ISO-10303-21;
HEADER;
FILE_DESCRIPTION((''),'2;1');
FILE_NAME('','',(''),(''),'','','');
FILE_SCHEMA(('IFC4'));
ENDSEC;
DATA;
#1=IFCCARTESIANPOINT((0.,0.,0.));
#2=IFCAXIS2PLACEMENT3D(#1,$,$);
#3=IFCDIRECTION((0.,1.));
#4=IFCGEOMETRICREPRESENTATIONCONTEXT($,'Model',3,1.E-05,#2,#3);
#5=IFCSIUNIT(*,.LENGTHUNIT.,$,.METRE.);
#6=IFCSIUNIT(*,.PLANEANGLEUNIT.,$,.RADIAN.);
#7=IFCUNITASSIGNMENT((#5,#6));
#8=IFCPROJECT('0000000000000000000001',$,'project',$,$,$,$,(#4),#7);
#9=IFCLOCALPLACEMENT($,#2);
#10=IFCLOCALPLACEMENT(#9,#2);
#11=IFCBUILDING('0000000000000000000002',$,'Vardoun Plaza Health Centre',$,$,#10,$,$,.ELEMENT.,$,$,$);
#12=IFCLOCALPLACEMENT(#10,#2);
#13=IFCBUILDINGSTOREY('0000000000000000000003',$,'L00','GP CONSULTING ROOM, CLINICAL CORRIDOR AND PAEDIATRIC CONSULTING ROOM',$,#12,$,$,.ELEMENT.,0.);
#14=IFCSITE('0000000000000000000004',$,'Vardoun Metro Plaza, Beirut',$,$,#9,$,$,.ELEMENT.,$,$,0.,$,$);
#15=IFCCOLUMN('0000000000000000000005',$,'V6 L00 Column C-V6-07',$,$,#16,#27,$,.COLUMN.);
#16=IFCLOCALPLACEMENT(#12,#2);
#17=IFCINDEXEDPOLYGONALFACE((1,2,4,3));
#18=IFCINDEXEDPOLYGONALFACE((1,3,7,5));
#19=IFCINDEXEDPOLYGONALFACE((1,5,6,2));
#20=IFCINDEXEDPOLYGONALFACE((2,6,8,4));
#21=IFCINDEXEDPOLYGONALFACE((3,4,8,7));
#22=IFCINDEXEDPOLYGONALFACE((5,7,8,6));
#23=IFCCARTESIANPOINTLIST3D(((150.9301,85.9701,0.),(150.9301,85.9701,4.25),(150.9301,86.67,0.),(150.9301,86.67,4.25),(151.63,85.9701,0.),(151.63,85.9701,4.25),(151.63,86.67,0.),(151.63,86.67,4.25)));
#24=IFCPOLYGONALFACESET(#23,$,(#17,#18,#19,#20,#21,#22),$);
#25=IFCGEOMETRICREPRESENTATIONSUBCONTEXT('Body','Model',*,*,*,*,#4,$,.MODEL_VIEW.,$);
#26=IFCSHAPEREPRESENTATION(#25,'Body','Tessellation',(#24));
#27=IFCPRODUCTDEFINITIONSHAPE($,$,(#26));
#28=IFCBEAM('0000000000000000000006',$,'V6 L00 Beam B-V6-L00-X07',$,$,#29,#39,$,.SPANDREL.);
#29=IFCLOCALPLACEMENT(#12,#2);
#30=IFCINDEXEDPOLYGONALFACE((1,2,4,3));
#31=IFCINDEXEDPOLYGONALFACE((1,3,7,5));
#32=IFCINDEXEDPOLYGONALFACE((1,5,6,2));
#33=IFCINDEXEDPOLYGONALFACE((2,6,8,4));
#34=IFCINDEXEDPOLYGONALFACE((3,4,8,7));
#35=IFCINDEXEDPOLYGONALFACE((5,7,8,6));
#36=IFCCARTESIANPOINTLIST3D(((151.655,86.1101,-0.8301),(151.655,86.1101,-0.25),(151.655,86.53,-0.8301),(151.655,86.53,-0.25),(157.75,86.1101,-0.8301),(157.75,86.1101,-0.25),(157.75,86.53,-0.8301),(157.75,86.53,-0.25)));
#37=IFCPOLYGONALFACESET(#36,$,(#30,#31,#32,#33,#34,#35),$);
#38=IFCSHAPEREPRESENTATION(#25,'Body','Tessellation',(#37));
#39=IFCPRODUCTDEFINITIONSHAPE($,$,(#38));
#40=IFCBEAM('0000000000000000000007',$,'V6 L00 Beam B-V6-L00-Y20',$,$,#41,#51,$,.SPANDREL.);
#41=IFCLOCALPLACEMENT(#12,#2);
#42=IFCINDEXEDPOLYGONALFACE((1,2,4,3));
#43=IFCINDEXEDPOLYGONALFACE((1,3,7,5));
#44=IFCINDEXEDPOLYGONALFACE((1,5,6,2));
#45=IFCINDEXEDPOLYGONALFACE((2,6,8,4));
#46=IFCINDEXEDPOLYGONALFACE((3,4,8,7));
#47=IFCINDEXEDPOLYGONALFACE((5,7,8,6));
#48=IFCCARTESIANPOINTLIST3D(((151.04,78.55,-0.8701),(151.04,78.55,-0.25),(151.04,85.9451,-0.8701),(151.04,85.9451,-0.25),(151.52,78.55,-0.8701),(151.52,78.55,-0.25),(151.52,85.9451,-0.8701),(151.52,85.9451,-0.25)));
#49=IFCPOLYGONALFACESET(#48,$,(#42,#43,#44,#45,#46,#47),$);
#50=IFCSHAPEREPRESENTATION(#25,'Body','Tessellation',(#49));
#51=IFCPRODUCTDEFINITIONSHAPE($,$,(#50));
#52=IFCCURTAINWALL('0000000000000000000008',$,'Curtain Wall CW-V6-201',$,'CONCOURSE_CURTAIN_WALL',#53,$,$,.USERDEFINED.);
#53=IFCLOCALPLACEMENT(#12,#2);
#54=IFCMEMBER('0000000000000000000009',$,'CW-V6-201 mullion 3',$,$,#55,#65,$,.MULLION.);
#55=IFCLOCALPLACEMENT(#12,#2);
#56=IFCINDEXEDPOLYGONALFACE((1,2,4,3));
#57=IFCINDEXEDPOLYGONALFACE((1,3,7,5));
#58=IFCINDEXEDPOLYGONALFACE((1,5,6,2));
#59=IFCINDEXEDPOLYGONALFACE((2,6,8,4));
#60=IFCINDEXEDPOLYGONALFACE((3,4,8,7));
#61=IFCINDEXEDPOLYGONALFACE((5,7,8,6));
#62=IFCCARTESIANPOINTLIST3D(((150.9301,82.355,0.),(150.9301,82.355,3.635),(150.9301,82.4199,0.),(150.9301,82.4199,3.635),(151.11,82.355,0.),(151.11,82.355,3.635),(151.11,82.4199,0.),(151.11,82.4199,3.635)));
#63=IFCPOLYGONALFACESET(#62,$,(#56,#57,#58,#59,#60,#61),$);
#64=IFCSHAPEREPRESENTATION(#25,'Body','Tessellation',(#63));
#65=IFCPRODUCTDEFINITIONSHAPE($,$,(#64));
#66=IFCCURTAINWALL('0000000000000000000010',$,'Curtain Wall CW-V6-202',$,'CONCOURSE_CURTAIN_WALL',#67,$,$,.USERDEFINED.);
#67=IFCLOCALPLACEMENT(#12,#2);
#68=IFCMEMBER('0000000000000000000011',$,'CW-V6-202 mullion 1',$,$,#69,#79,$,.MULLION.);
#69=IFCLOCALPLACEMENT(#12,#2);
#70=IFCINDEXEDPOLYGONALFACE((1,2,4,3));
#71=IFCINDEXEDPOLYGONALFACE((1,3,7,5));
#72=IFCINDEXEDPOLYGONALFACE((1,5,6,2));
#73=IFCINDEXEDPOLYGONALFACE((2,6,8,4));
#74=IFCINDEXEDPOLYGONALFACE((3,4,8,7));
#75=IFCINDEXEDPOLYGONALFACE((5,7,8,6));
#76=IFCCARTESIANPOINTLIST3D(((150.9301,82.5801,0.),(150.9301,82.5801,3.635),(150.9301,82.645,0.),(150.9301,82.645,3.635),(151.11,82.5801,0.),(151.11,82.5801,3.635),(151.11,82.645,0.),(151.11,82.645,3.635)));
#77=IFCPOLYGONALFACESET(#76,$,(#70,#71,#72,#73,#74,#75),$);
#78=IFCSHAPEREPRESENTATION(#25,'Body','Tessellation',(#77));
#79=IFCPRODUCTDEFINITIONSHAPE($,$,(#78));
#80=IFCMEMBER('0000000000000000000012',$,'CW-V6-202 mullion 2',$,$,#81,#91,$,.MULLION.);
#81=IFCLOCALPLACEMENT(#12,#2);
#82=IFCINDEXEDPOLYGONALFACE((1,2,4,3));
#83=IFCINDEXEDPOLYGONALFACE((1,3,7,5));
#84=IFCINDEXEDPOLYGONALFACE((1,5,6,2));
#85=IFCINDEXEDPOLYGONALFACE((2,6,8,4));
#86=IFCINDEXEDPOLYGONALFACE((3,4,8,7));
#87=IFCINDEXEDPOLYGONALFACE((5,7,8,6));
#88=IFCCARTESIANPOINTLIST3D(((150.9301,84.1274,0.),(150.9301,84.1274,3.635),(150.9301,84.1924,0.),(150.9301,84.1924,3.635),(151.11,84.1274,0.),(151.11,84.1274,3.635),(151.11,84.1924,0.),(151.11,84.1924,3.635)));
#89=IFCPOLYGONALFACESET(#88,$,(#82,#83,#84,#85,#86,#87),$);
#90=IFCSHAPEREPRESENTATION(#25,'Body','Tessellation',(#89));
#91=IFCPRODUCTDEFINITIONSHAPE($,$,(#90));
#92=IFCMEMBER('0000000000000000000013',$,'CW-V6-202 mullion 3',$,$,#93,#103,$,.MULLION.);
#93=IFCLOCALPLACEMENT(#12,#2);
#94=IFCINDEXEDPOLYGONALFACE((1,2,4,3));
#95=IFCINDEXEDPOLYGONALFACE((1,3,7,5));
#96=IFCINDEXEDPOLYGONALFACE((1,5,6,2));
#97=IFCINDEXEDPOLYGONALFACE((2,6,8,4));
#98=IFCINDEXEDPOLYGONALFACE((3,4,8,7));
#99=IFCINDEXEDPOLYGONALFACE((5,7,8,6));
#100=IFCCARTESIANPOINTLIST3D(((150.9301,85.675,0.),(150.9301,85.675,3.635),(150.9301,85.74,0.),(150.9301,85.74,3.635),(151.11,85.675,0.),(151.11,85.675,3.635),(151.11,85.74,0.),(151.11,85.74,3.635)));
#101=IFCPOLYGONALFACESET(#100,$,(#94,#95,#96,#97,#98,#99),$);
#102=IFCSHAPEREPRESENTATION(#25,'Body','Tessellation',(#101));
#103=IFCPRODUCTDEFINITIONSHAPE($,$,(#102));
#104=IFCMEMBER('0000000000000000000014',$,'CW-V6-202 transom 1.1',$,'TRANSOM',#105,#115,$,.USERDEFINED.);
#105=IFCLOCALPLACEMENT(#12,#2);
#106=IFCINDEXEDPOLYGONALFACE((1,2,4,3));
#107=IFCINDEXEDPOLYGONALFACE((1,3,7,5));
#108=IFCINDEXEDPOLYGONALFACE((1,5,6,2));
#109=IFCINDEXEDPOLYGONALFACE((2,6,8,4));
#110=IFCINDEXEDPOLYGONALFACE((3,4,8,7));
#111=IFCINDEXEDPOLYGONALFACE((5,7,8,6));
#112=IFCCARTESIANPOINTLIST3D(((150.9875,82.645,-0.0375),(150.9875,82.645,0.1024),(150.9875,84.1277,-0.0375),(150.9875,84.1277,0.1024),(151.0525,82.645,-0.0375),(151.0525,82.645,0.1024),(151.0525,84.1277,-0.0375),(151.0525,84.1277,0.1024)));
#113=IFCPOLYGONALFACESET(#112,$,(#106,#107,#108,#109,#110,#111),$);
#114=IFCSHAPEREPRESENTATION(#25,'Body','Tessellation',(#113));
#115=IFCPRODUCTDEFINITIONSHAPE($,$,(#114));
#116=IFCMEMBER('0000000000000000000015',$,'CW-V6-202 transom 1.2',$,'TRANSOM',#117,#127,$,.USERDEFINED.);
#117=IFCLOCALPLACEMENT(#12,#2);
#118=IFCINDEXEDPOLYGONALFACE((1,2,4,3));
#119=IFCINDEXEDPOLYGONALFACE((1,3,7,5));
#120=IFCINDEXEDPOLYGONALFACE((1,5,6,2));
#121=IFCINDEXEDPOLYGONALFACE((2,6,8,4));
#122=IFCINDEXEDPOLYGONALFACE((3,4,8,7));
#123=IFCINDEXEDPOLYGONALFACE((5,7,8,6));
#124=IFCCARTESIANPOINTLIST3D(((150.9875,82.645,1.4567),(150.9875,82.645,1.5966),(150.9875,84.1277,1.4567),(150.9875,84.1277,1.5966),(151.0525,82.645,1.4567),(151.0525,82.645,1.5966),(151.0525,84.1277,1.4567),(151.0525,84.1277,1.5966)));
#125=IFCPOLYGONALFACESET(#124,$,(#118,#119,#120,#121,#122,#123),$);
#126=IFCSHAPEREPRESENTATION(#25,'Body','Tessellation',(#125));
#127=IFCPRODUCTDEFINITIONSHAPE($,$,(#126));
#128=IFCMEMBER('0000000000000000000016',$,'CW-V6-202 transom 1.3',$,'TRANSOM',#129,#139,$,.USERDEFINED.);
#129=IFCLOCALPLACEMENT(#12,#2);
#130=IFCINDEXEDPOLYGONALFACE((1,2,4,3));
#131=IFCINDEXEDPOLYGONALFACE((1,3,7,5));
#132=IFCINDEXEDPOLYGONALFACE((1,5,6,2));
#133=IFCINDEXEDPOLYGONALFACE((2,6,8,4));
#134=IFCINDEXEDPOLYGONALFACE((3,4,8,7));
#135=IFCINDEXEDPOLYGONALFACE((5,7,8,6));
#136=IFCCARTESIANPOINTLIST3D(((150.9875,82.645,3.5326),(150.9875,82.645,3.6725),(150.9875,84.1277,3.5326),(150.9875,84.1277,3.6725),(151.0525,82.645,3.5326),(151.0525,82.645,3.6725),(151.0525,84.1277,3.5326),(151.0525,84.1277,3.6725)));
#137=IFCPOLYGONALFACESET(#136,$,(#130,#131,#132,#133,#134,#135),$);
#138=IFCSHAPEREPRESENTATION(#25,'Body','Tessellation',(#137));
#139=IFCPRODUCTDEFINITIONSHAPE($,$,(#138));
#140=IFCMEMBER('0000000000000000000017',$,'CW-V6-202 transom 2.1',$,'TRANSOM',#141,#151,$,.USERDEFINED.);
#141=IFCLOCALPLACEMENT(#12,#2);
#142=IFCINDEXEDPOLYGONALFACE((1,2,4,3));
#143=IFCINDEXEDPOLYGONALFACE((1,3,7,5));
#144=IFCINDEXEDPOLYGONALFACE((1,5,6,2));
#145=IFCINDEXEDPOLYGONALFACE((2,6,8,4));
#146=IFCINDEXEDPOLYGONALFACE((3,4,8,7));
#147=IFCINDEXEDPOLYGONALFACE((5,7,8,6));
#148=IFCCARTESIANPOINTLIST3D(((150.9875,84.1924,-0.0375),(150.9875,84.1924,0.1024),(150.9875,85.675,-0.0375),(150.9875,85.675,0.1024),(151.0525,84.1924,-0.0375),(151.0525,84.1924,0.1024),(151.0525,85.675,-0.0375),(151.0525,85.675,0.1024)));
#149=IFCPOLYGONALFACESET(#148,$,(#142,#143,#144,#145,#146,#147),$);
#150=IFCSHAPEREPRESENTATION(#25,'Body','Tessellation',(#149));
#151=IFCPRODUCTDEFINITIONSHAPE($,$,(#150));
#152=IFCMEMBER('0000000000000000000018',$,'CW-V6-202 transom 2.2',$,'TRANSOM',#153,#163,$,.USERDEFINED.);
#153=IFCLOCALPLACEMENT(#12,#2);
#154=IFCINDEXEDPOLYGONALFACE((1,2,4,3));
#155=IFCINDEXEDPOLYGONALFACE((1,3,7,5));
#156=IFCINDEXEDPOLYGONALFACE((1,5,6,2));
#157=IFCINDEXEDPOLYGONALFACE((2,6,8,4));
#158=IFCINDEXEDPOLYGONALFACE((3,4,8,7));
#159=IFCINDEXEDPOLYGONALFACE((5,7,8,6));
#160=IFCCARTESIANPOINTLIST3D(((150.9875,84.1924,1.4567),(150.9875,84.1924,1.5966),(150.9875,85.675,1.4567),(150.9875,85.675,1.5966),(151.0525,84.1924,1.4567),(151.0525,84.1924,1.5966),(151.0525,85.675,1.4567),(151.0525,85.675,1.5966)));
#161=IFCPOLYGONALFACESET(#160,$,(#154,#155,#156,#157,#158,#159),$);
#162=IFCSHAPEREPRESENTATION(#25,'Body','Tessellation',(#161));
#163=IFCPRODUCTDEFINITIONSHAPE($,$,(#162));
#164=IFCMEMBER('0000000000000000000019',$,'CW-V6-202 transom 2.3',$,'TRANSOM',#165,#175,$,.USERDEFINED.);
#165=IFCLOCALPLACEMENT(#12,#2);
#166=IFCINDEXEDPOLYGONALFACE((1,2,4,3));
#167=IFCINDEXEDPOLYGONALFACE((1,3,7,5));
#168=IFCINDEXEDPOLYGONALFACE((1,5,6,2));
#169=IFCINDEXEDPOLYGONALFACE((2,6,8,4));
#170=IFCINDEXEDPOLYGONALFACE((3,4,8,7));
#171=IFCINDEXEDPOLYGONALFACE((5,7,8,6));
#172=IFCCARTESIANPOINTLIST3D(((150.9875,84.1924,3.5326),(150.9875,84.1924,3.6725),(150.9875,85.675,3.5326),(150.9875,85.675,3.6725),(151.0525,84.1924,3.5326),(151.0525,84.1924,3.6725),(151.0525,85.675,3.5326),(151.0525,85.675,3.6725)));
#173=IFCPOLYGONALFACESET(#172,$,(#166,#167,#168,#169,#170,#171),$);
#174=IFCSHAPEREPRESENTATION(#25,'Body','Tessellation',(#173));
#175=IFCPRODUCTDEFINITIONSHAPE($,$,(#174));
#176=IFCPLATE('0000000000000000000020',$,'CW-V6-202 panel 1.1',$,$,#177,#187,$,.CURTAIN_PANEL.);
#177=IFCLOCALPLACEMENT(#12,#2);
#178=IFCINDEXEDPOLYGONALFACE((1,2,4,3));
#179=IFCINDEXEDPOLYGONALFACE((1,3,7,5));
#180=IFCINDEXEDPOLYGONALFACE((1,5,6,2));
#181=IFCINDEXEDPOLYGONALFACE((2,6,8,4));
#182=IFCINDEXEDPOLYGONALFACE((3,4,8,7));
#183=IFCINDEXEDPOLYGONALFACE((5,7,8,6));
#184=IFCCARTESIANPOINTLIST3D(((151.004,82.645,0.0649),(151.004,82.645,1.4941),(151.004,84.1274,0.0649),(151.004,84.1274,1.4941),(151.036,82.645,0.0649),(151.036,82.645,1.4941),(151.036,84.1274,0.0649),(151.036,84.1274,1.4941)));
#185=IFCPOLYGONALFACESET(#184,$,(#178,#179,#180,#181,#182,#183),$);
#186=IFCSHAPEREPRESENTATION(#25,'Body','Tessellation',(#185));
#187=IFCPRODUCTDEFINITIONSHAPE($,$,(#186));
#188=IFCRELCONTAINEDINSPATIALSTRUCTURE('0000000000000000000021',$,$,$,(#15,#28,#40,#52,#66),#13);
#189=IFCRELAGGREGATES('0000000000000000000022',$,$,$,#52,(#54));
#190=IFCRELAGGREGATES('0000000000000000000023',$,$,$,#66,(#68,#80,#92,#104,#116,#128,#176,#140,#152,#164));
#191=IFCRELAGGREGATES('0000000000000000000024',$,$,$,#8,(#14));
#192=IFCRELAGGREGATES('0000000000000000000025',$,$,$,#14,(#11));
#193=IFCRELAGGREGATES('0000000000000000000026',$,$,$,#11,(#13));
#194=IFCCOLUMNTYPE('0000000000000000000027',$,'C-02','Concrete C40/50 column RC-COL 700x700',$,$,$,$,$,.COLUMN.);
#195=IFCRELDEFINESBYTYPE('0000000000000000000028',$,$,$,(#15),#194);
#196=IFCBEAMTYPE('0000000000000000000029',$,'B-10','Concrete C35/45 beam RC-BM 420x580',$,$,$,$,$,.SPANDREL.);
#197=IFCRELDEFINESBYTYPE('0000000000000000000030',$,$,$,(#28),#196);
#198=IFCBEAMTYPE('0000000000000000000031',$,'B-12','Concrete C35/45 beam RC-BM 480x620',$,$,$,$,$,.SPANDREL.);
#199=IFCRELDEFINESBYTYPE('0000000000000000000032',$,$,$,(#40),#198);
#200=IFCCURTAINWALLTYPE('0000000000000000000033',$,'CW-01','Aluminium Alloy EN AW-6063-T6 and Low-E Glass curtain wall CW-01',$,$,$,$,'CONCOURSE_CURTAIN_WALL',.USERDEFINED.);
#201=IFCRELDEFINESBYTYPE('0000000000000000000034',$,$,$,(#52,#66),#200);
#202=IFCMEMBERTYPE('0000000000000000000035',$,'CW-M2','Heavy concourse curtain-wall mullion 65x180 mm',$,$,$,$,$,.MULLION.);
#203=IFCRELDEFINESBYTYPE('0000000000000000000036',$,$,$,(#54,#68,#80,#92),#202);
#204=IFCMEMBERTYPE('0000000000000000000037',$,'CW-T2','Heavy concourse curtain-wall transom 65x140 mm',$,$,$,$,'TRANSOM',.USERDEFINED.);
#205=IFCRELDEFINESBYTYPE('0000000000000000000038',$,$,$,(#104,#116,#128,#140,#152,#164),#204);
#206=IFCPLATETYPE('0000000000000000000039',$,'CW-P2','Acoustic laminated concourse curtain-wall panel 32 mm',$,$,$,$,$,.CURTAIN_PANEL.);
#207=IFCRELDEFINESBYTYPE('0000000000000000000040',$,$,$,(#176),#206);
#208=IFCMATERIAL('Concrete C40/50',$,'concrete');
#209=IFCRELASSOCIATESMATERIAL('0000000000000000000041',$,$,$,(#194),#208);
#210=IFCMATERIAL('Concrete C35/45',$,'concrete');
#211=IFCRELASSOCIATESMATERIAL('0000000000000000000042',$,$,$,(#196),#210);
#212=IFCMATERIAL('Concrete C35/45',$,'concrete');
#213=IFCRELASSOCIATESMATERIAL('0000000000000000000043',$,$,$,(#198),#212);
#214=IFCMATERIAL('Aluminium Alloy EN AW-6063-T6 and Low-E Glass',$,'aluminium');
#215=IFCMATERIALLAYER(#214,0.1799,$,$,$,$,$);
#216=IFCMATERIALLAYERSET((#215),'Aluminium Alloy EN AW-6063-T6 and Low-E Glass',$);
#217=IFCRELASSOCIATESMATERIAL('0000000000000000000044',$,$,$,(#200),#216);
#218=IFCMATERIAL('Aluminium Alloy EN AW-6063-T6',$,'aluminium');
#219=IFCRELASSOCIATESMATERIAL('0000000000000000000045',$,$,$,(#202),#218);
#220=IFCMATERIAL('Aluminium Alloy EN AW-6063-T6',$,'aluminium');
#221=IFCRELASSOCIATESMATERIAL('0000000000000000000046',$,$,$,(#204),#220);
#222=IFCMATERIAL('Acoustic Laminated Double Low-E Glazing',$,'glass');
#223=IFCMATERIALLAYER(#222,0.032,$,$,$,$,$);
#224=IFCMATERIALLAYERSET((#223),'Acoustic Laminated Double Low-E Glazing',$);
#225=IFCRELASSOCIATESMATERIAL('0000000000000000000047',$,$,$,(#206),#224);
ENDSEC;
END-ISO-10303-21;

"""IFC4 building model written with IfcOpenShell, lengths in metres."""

from ifc_helpers import new_model, si_unit, direction, frame, origin, origin_2d, place, context, subcontext, project, spatial, rectangle, extrude, material, layer, layer_set, material_profile, profile_set, type_object, element, aggregate, save


model = new_model("IFC4")

# Units and contexts
model_context = context("Model", 3, precision=1e-05, world=origin(), true_north=direction((0.0, 1.0)))
body_context = subcontext(model_context, "Body", "Model", "MODEL_VIEW")
ifc_project = project(units=[si_unit("LENGTHUNIT", "METRE"), si_unit("PLANEANGLEUNIT", "RADIAN")], contexts=[model_context])

# Site, building, storey
site_placement = place(None, origin())
site = spatial("IfcSite", under=ifc_project, at=site_placement, Name="Vardoun Metro Plaza, Beirut", CompositionType="ELEMENT", RefElevation=0.0)
building_placement = place(site_placement, origin())
building = spatial("IfcBuilding", under=site, at=building_placement, Name="Vardoun Plaza Health Centre", CompositionType="ELEMENT")
storey_placement = place(building_placement, origin())
storey = spatial("IfcBuildingStorey", under=building, at=storey_placement, Name="L00", Description="GP CONSULTING ROOM, CLINICAL CORRIDOR AND PAEDIATRIC CONSULTING ROOM", CompositionType="ELEMENT", Elevation=0.0)

# Column
ifc_material_1 = material(Name="Concrete C40/50", Category="concrete")
ifc_material_profile_1 = material_profile(ifc_material_1, rectangle(XDim=0.7, YDim=0.7, at=origin_2d()), Name="RC-COL 700x700")
ifc_profile_set_1 = profile_set([ifc_material_profile_1], Name="Concrete C40/50")
column_type = type_object("IfcColumnType", Name="C-02", Description="Concrete C40/50 column RC-COL 700x700", PredefinedType="COLUMN", material=ifc_profile_set_1)
column_placement = place(storey_placement, frame((151.28, 86.3201, 0.0), z_axis=(0.0, 0.0, 1.0), x_axis=(1.0, 0.0, 0.0)))
element("IfcColumn", 1, at=column_placement, inside=storey, type_object=column_type, Name="V6 L00 Column C-V6-07", PredefinedType="COLUMN", context=body_context, shape_type="SweptSolid", body=[
    extrude(rectangle(XDim=0.7, YDim=0.7, at=origin_2d()), origin(), (0.0, 0.0, 1.0), 4.25),
])

# Beams
ifc_material_2 = material(Name="Concrete C35/45", Category="concrete")
ifc_material_profile_2 = material_profile(ifc_material_2, rectangle(XDim=0.4199, YDim=0.5801, at=origin_2d()), Name="RC-BM 420x580")
ifc_profile_set_2 = profile_set([ifc_material_profile_2], Name="Concrete C35/45")
beam_type_1 = type_object("IfcBeamType", Name="B-10", Description="Concrete C35/45 beam RC-BM 420x580", PredefinedType="SPANDREL", material=ifc_profile_set_2)
beam_1_placement = place(storey_placement, frame((151.655, 86.3201, -0.54), z_axis=(1.0, 0.0, 0.0), x_axis=(0.0, 1.0, 0.0)))
element("IfcBeam", 2, at=beam_1_placement, inside=storey, type_object=beam_type_1, Name="V6 L00 Beam B-V6-L00-X07", PredefinedType="SPANDREL", context=body_context, shape_type="SweptSolid", body=[
    extrude(rectangle(XDim=0.4199, YDim=0.5801, at=origin_2d()), origin(), (0.0, 0.0, 1.0), 6.095),
])
ifc_material_3 = material(Name="Concrete C35/45", Category="concrete")
ifc_material_profile_3 = material_profile(ifc_material_3, rectangle(XDim=0.48, YDim=0.6201, at=origin_2d()), Name="RC-BM 480x620")
ifc_profile_set_3 = profile_set([ifc_material_profile_3], Name="Concrete C35/45")
beam_type_2 = type_object("IfcBeamType", Name="B-12", Description="Concrete C35/45 beam RC-BM 480x620", PredefinedType="SPANDREL", material=ifc_profile_set_3)
beam_2_placement = place(storey_placement, frame((151.28, 78.55, -0.5601), z_axis=(0.0, 1.0, 0.0), x_axis=(-1.0, 0.0, 0.0)))
element("IfcBeam", 3, at=beam_2_placement, inside=storey, type_object=beam_type_2, Name="V6 L00 Beam B-V6-L00-Y20", PredefinedType="SPANDREL", context=body_context, shape_type="SweptSolid", body=[
    extrude(rectangle(XDim=0.48, YDim=0.6201, at=origin_2d()), origin(), (0.0, 0.0, 1.0), 7.395),
])

# Curtain wall, member
ifc_material_4 = material(Name="Aluminium Alloy EN AW-6063-T6 and Low-E Glass", Category="aluminium")
ifc_layer_1 = layer(ifc_material_4, 0.1799)
ifc_layer_set_1 = layer_set([ifc_layer_1], Name="Aluminium Alloy EN AW-6063-T6 and Low-E Glass")
curtain_wall_type = type_object("IfcCurtainWallType", Name="CW-01", Description="Aluminium Alloy EN AW-6063-T6 and Low-E Glass curtain wall CW-01", ElementType="CONCOURSE_CURTAIN_WALL", PredefinedType="USERDEFINED", material=ifc_layer_set_1)
curtain_wall_1_placement = place(storey_placement, origin())
curtain_wall_1 = element("IfcCurtainWall", 4, at=curtain_wall_1_placement, inside=storey, type_object=curtain_wall_type, Name="Curtain Wall CW-V6-201", ObjectType="CONCOURSE_CURTAIN_WALL", PredefinedType="USERDEFINED")
ifc_material_5 = material(Name="Aluminium Alloy EN AW-6063-T6", Category="aluminium")
ifc_material_profile_4 = material_profile(ifc_material_5, rectangle(XDim=0.1799, YDim=0.0649, at=origin_2d()), Name="CWM 65x180")
ifc_profile_set_4 = profile_set([ifc_material_profile_4], Name="Aluminium Alloy EN AW-6063-T6")
member_type_1 = type_object("IfcMemberType", Name="CW-M2", Description="Heavy concourse curtain-wall mullion 65x180 mm", PredefinedType="MULLION", material=ifc_profile_set_4)
member_1_placement = place(storey_placement, frame((151.02, 82.3875, 0.0), z_axis=(0.0, 0.0, 1.0), x_axis=(-1.0, 0.0, 0.0)))
member_1 = element("IfcMember", 5, at=member_1_placement, type_object=member_type_1, Name="CW-V6-201 mullion 3", PredefinedType="MULLION", context=body_context, shape_type="SweptSolid", body=[
    extrude(rectangle(XDim=0.1799, YDim=0.0649, at=origin_2d()), origin(), (0.0, 0.0, 1.0), 3.635),
])
aggregate(curtain_wall_1, [member_1])

# Curtain wall, members, plate
curtain_wall_2_placement = place(storey_placement, origin())
curtain_wall_2 = element("IfcCurtainWall", 6, at=curtain_wall_2_placement, inside=storey, type_object=curtain_wall_type, Name="Curtain Wall CW-V6-202", ObjectType="CONCOURSE_CURTAIN_WALL", PredefinedType="USERDEFINED")
member_2_placement = place(storey_placement, frame((151.02, 82.6125, 0.0), z_axis=(0.0, 0.0, 1.0), x_axis=(-1.0, 0.0, 0.0)))
member_2 = element("IfcMember", 7, at=member_2_placement, type_object=member_type_1, Name="CW-V6-202 mullion 1", PredefinedType="MULLION", context=body_context, shape_type="SweptSolid", body=[
    extrude(rectangle(XDim=0.1799, YDim=0.0649, at=origin_2d()), origin(), (0.0, 0.0, 1.0), 3.635),
])
member_3_placement = place(storey_placement, frame((151.02, 84.1599, 0.0), z_axis=(0.0, 0.0, 1.0), x_axis=(-1.0, 0.0, 0.0)))
member_3 = element("IfcMember", 8, at=member_3_placement, type_object=member_type_1, Name="CW-V6-202 mullion 2", PredefinedType="MULLION", context=body_context, shape_type="SweptSolid", body=[
    extrude(rectangle(XDim=0.1799, YDim=0.0649, at=origin_2d()), origin(), (0.0, 0.0, 1.0), 3.635),
])
member_4_placement = place(storey_placement, frame((151.02, 85.7075, 0.0), z_axis=(0.0, 0.0, 1.0), x_axis=(-1.0, 0.0, 0.0)))
member_4 = element("IfcMember", 9, at=member_4_placement, type_object=member_type_1, Name="CW-V6-202 mullion 3", PredefinedType="MULLION", context=body_context, shape_type="SweptSolid", body=[
    extrude(rectangle(XDim=0.1799, YDim=0.0649, at=origin_2d()), origin(), (0.0, 0.0, 1.0), 3.635),
])
ifc_material_6 = material(Name="Aluminium Alloy EN AW-6063-T6", Category="aluminium")
ifc_material_profile_5 = material_profile(ifc_material_6, rectangle(XDim=0.0649, YDim=0.1399, at=origin_2d()), Name="CWT 65x140")
ifc_profile_set_5 = profile_set([ifc_material_profile_5], Name="Aluminium Alloy EN AW-6063-T6")
member_type_2 = type_object("IfcMemberType", Name="CW-T2", Description="Heavy concourse curtain-wall transom 65x140 mm", ElementType="TRANSOM", PredefinedType="USERDEFINED", material=ifc_profile_set_5)
member_5_placement = place(storey_placement, frame((151.02, 82.645, 0.0325), z_axis=(0.0, 1.0, 0.0), x_axis=(-1.0, 0.0, 0.0)))
member_5 = element("IfcMember", 10, at=member_5_placement, type_object=member_type_2, Name="CW-V6-202 transom 1.1", ObjectType="TRANSOM", PredefinedType="USERDEFINED", context=body_context, shape_type="SweptSolid", body=[
    extrude(rectangle(XDim=0.0649, YDim=0.1399, at=origin_2d()), origin(), (0.0, 0.0, 1.0), 1.4827),
])
member_6_placement = place(storey_placement, frame((151.02, 82.645, 1.5266), z_axis=(0.0, 1.0, 0.0), x_axis=(-1.0, 0.0, 0.0)))
member_6 = element("IfcMember", 11, at=member_6_placement, type_object=member_type_2, Name="CW-V6-202 transom 1.2", ObjectType="TRANSOM", PredefinedType="USERDEFINED", context=body_context, shape_type="SweptSolid", body=[
    extrude(rectangle(XDim=0.0649, YDim=0.1399, at=origin_2d()), origin(), (0.0, 0.0, 1.0), 1.4827),
])
member_7_placement = place(storey_placement, frame((151.02, 82.645, 3.6025), z_axis=(0.0, 1.0, 0.0), x_axis=(-1.0, 0.0, 0.0)))
member_7 = element("IfcMember", 12, at=member_7_placement, type_object=member_type_2, Name="CW-V6-202 transom 1.3", ObjectType="TRANSOM", PredefinedType="USERDEFINED", context=body_context, shape_type="SweptSolid", body=[
    extrude(rectangle(XDim=0.0649, YDim=0.1399, at=origin_2d()), origin(), (0.0, 0.0, 1.0), 1.4827),
])
member_8_placement = place(storey_placement, frame((151.02, 84.1924, 0.0325), z_axis=(0.0, 1.0, 0.0), x_axis=(-1.0, 0.0, 0.0)))
member_8 = element("IfcMember", 13, at=member_8_placement, type_object=member_type_2, Name="CW-V6-202 transom 2.1", ObjectType="TRANSOM", PredefinedType="USERDEFINED", context=body_context, shape_type="SweptSolid", body=[
    extrude(rectangle(XDim=0.0649, YDim=0.1399, at=origin_2d()), origin(), (0.0, 0.0, 1.0), 1.4827),
])
member_9_placement = place(storey_placement, frame((151.02, 84.1924, 1.5266), z_axis=(0.0, 1.0, 0.0), x_axis=(-1.0, 0.0, 0.0)))
member_9 = element("IfcMember", 14, at=member_9_placement, type_object=member_type_2, Name="CW-V6-202 transom 2.2", ObjectType="TRANSOM", PredefinedType="USERDEFINED", context=body_context, shape_type="SweptSolid", body=[
    extrude(rectangle(XDim=0.0649, YDim=0.1399, at=origin_2d()), origin(), (0.0, 0.0, 1.0), 1.4827),
])
member_10_placement = place(storey_placement, frame((151.02, 84.1924, 3.6025), z_axis=(0.0, 1.0, 0.0), x_axis=(-1.0, 0.0, 0.0)))
member_10 = element("IfcMember", 15, at=member_10_placement, type_object=member_type_2, Name="CW-V6-202 transom 2.3", ObjectType="TRANSOM", PredefinedType="USERDEFINED", context=body_context, shape_type="SweptSolid", body=[
    extrude(rectangle(XDim=0.0649, YDim=0.1399, at=origin_2d()), origin(), (0.0, 0.0, 1.0), 1.4827),
])
ifc_material_7 = material(Name="Acoustic Laminated Double Low-E Glazing", Category="glass")
ifc_layer_2 = layer(ifc_material_7, 0.032)
ifc_layer_set_2 = layer_set([ifc_layer_2], Name="Acoustic Laminated Double Low-E Glazing")
plate_type = type_object("IfcPlateType", Name="CW-P2", Description="Acoustic laminated concourse curtain-wall panel 32 mm", PredefinedType="CURTAIN_PANEL", material=ifc_layer_set_2)
plate_1_placement = place(storey_placement, frame((151.02, 83.3862, 0.0649), z_axis=(0.0, 0.0, 1.0), x_axis=(0.0, 1.0, 0.0)))
plate_1 = element("IfcPlate", 16, at=plate_1_placement, type_object=plate_type, Name="CW-V6-202 panel 1.1", PredefinedType="CURTAIN_PANEL", context=body_context, shape_type="SweptSolid", body=[
    extrude(rectangle(XDim=1.4824, YDim=0.032, at=origin_2d()), origin(), (0.0, 0.0, 1.0), 1.4292),
])
aggregate(curtain_wall_2, [member_2, member_3, member_4, member_5, member_6, member_7, plate_1, member_8, member_9, member_10])

save(model, "model.ifc")
